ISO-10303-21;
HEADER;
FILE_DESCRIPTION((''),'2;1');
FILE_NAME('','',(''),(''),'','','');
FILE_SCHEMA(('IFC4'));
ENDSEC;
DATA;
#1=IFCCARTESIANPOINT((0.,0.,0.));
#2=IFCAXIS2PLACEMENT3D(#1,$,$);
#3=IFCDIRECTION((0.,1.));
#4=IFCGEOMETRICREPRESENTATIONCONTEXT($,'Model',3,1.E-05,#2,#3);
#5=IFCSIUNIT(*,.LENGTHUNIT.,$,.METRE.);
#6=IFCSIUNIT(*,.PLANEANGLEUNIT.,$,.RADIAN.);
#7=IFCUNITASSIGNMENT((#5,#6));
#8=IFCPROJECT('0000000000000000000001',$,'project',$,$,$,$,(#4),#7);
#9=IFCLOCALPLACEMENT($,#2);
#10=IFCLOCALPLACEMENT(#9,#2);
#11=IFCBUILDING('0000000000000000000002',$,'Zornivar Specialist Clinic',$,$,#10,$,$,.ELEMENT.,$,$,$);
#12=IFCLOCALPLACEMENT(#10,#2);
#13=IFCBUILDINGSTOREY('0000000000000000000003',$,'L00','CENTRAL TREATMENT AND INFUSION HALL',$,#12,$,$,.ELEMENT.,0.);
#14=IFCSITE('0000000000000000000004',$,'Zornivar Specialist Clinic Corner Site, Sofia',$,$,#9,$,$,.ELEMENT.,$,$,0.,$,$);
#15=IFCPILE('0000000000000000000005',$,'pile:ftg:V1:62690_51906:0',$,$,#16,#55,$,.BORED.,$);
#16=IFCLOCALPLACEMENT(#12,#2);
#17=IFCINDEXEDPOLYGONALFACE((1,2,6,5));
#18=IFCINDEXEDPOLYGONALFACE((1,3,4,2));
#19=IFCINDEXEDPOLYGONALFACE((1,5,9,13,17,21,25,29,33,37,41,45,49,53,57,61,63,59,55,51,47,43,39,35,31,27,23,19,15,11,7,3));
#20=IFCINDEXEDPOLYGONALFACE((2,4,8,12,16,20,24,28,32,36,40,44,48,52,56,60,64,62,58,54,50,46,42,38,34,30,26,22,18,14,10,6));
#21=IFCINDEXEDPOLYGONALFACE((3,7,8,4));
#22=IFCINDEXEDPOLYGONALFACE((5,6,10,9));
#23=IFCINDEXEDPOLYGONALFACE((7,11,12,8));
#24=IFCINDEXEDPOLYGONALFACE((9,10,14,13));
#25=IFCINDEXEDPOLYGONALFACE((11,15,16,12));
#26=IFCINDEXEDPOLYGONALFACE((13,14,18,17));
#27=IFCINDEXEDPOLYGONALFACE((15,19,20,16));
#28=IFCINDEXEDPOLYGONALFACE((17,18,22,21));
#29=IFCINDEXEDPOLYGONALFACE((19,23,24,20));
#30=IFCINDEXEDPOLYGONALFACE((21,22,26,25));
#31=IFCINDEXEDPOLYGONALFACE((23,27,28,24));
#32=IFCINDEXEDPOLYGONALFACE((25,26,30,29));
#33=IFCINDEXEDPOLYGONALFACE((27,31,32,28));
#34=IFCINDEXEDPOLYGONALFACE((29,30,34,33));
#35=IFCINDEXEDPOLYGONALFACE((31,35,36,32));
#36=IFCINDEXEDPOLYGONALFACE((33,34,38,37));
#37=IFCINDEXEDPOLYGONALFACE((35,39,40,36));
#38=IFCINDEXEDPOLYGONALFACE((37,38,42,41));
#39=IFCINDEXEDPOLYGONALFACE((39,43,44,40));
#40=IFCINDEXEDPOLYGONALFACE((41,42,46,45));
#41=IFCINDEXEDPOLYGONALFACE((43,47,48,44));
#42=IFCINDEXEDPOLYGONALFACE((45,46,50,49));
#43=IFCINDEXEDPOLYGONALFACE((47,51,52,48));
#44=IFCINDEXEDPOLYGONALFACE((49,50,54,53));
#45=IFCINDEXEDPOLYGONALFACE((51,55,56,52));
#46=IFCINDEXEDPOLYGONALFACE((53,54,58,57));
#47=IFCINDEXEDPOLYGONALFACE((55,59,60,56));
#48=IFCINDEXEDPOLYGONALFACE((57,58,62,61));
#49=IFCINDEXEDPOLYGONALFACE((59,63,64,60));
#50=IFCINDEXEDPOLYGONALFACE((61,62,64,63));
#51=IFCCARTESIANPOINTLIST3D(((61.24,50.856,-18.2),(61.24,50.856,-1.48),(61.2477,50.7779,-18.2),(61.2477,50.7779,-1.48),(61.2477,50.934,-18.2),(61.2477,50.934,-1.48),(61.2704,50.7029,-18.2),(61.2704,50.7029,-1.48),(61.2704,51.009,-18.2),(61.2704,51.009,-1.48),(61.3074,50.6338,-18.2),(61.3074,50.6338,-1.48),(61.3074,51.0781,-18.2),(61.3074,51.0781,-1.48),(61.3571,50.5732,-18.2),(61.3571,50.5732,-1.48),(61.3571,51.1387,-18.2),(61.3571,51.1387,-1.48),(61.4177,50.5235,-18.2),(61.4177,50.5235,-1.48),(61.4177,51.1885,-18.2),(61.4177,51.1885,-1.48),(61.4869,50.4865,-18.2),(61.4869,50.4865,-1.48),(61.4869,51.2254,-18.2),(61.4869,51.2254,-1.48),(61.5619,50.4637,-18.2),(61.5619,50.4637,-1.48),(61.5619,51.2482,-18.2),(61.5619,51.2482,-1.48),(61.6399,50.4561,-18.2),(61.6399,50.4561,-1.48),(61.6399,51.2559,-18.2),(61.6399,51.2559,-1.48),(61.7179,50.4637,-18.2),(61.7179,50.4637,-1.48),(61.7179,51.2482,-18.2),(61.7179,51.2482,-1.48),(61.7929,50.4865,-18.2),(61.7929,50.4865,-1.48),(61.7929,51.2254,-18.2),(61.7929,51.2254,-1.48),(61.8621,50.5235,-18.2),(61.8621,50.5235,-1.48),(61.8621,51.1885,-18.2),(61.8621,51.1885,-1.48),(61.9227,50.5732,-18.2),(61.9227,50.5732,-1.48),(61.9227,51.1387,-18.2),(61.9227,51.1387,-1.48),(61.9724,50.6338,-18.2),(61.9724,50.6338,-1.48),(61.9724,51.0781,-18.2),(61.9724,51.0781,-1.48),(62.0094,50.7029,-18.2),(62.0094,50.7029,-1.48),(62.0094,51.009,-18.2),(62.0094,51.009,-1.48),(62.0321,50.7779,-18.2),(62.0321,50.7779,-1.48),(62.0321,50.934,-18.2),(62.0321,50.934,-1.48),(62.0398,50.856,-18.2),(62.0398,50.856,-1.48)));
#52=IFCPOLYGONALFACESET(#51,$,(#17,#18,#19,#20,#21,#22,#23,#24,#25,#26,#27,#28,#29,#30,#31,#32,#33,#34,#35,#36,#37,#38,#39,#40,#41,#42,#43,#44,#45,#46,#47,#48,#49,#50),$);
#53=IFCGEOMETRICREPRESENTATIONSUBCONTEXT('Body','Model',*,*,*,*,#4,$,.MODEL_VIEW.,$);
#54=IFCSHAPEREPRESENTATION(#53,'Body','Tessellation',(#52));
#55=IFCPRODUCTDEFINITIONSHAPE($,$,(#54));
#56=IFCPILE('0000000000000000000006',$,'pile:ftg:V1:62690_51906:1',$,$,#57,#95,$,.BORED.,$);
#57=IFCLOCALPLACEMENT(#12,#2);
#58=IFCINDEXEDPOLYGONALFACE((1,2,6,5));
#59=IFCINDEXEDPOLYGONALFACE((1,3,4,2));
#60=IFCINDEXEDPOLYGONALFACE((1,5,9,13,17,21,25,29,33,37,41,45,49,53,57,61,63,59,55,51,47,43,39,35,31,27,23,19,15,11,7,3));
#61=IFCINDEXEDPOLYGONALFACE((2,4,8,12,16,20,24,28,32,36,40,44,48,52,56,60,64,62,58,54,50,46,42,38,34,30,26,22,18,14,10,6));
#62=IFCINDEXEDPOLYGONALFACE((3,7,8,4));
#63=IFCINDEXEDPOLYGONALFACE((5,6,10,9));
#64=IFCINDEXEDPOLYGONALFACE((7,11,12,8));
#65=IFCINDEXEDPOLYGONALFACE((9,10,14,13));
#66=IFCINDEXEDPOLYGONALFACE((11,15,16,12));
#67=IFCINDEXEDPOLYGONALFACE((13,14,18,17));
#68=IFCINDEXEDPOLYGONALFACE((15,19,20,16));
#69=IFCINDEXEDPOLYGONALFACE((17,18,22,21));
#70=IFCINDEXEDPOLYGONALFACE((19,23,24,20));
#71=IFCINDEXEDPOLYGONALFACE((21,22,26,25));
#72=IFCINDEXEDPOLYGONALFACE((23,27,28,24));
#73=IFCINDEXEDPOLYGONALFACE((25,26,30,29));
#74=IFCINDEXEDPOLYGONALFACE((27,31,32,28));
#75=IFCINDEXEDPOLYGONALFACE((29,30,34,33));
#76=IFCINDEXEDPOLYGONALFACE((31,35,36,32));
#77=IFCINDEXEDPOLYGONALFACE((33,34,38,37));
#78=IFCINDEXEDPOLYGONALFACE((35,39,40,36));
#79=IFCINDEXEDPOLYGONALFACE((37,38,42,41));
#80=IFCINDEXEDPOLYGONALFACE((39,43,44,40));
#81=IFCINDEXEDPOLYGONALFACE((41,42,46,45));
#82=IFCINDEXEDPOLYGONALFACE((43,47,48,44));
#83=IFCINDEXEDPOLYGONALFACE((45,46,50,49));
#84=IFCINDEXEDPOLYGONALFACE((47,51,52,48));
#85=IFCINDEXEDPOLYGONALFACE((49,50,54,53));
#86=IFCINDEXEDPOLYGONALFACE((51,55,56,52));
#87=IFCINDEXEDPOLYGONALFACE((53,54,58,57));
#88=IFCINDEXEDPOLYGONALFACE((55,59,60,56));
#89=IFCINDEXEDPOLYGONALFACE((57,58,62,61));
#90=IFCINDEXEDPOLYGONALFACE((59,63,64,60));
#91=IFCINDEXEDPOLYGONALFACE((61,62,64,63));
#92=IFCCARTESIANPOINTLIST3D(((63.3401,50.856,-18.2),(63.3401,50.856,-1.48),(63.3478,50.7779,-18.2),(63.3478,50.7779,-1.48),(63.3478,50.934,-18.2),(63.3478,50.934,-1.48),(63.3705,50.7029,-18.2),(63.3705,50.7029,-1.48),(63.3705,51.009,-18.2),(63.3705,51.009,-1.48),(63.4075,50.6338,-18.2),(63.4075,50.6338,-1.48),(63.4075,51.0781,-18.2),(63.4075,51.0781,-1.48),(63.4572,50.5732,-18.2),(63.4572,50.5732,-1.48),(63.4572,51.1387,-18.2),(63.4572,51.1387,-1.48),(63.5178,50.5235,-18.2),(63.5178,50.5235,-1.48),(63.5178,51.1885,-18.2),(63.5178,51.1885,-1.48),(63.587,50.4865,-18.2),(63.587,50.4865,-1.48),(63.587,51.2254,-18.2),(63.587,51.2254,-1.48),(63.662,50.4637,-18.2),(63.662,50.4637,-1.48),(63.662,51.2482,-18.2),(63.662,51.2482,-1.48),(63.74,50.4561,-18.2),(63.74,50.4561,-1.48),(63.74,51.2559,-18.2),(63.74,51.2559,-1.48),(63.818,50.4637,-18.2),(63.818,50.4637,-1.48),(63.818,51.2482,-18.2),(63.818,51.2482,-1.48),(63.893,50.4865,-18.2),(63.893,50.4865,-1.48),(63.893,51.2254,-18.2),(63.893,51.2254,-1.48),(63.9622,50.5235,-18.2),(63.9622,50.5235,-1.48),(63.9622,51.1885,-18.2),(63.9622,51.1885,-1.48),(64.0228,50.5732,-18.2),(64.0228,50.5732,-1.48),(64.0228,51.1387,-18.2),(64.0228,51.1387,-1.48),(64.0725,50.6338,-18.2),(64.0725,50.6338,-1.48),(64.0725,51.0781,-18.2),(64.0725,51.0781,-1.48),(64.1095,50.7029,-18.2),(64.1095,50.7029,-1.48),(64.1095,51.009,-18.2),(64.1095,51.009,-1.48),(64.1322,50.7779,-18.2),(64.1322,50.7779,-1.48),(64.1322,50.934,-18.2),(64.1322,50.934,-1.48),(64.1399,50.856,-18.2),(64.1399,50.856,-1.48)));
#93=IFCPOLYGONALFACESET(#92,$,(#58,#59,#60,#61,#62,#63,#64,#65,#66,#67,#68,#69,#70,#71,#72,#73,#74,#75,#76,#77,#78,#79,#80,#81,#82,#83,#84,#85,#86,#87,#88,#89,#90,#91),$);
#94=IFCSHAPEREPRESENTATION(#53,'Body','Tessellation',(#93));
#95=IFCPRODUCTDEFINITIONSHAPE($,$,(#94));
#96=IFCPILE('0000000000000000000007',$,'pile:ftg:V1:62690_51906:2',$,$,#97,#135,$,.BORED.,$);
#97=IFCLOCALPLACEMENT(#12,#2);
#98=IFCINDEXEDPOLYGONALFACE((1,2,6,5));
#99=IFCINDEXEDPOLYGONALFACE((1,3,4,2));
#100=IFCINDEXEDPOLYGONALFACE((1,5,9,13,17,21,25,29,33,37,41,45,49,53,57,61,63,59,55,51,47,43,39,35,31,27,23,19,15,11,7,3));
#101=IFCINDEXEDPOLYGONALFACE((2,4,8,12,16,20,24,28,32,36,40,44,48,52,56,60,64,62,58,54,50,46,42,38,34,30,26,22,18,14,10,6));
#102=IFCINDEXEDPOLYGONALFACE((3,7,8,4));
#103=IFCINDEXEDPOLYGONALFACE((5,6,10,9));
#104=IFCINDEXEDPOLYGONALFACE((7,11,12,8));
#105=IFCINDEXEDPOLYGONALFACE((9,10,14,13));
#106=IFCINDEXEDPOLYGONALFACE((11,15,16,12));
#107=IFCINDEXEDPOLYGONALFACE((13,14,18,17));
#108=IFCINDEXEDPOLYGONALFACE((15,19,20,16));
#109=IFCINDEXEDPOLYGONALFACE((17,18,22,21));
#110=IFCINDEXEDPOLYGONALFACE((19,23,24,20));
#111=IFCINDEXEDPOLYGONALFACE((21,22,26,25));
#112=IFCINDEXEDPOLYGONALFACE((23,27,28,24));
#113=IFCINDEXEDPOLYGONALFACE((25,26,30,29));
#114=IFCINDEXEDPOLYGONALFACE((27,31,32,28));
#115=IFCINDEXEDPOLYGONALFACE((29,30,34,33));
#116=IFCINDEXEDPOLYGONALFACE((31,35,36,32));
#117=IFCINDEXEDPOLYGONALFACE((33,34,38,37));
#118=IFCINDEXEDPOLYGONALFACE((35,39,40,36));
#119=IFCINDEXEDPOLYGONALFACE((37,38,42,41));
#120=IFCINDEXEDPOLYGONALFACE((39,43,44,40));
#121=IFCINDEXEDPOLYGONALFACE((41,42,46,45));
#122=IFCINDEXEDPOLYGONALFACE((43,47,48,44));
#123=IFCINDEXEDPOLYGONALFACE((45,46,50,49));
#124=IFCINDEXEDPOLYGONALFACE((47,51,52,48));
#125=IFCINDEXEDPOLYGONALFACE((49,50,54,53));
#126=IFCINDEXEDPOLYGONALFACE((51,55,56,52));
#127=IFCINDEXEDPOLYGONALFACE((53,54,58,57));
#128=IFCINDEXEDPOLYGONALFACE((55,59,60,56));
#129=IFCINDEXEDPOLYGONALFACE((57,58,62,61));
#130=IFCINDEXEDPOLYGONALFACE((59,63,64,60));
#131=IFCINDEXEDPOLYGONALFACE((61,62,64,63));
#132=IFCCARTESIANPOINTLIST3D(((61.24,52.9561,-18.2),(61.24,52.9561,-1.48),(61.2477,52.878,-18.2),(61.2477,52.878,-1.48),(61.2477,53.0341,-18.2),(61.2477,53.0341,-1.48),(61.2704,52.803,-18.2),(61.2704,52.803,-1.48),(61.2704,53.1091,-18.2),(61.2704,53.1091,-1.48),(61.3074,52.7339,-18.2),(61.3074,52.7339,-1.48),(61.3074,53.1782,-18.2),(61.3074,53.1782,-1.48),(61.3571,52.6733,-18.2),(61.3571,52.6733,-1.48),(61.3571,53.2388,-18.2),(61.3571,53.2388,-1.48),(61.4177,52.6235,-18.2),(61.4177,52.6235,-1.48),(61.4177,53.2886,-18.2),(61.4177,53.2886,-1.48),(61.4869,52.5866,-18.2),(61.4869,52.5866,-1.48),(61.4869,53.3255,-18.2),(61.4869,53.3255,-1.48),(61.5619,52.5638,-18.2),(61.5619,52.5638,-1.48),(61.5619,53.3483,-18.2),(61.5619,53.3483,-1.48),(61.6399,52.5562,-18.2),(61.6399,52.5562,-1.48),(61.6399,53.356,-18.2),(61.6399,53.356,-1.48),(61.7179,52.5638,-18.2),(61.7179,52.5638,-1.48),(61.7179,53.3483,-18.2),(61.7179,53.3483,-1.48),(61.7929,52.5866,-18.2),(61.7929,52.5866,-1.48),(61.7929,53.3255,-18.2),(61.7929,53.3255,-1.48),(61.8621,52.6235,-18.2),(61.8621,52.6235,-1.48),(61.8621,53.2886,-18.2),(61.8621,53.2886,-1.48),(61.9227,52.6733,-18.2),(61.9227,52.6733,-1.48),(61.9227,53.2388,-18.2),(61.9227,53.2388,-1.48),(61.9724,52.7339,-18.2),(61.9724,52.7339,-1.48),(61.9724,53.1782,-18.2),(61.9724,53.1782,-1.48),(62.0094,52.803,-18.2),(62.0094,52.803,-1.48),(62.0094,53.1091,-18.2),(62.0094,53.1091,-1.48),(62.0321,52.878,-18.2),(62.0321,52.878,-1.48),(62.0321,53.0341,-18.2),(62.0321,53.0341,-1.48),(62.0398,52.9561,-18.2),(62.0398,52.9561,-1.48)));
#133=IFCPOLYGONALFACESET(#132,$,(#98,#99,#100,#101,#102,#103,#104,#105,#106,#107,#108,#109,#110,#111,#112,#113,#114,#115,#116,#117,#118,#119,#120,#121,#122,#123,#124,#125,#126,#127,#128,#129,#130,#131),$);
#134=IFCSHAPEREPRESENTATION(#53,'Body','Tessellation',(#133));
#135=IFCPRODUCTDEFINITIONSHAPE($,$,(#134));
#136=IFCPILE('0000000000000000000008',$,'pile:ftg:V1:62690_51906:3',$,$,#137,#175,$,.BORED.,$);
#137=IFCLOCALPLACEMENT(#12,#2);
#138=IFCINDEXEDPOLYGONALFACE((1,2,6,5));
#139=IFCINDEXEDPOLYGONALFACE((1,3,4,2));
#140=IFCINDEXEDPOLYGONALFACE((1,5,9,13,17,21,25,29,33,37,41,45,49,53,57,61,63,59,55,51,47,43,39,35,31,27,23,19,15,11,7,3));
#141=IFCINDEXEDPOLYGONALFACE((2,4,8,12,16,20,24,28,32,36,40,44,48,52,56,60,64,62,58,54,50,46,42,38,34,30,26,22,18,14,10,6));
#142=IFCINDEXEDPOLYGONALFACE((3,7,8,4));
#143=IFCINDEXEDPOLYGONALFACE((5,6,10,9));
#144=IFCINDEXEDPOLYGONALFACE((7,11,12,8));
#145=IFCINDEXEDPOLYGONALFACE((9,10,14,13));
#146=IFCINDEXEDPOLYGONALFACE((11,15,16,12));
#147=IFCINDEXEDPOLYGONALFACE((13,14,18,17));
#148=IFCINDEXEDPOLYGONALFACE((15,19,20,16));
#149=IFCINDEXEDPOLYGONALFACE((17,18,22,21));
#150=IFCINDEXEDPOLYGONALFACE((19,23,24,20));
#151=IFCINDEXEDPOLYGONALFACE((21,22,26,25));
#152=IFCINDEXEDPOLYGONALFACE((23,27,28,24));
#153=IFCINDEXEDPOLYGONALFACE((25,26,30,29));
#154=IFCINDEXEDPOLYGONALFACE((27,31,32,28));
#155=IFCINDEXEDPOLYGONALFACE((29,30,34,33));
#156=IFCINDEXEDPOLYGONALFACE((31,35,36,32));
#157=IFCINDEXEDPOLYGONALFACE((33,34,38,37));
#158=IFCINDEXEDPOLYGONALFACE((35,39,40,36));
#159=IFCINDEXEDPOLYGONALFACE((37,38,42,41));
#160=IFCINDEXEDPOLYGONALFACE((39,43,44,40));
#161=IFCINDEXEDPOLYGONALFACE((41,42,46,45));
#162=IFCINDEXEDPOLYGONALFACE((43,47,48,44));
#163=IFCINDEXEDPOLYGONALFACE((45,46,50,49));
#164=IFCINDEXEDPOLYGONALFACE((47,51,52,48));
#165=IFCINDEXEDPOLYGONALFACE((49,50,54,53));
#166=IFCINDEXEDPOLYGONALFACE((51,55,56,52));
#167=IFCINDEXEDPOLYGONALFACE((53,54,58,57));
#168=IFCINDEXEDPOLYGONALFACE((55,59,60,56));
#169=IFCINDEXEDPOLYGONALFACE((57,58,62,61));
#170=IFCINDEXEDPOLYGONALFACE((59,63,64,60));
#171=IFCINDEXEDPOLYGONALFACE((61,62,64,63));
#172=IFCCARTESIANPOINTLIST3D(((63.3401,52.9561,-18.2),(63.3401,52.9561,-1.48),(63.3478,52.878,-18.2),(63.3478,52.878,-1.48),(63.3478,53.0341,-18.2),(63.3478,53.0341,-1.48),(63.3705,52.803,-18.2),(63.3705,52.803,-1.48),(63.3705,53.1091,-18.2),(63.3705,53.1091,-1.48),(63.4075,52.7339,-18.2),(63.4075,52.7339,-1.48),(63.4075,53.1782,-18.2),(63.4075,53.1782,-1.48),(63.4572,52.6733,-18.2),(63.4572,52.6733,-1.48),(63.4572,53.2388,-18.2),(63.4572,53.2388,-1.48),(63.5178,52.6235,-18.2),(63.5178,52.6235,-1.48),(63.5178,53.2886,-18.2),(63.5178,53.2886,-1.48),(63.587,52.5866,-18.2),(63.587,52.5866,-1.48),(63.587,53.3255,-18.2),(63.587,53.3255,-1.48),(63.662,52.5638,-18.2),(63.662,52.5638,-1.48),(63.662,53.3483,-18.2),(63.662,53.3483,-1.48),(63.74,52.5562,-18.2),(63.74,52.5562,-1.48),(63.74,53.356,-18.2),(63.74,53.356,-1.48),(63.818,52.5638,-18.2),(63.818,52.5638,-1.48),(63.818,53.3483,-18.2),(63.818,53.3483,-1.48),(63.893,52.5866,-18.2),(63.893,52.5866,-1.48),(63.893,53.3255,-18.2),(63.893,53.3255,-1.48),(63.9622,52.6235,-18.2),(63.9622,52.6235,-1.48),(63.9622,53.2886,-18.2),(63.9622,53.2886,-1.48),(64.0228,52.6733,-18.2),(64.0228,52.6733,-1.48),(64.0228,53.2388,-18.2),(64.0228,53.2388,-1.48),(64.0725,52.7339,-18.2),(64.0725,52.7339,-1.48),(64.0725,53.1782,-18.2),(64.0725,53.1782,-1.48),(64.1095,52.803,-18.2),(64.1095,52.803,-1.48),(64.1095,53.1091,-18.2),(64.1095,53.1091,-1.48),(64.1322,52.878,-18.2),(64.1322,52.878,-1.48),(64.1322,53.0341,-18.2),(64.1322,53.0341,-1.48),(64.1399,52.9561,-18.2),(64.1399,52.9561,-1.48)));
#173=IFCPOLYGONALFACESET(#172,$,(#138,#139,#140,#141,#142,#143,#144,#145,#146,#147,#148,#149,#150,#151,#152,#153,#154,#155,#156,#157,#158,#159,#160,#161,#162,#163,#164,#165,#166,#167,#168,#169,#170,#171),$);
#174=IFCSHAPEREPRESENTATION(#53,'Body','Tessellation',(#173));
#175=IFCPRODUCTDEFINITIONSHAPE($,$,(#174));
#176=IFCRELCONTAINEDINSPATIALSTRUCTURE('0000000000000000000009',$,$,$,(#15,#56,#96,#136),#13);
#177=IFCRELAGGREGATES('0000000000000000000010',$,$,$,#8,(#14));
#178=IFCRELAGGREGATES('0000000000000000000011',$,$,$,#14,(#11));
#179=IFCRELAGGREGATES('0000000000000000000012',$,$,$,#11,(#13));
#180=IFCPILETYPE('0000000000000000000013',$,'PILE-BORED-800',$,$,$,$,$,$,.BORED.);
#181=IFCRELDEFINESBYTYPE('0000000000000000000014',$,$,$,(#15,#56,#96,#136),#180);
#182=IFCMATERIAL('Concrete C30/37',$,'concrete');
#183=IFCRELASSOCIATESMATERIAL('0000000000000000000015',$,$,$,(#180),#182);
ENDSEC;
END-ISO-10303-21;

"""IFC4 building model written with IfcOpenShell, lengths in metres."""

from ifc_helpers import new_model, si_unit, direction, frame, origin, origin_2d, place, context, subcontext, project, spatial, circle, extrude, material, material_profile, profile_set, type_object, element, save


model = new_model("IFC4")

# Units and contexts
model_context = context("Model", 3, precision=1e-05, world=origin(), true_north=direction((0.0, 1.0)))
body_context = subcontext(model_context, "Body", "Model", "MODEL_VIEW")
ifc_project = project(units=[si_unit("LENGTHUNIT", "METRE"), si_unit("PLANEANGLEUNIT", "RADIAN")], contexts=[model_context])

# Site, building, storey
site_placement = place(None, origin())
site = spatial("IfcSite", under=ifc_project, at=site_placement, Name="Zornivar Specialist Clinic Corner Site, Sofia", CompositionType="ELEMENT", RefElevation=0.0)
building_placement = place(site_placement, origin())
building = spatial("IfcBuilding", under=site, at=building_placement, Name="Zornivar Specialist Clinic", CompositionType="ELEMENT")
storey_placement = place(building_placement, origin())
storey = spatial("IfcBuildingStorey", under=building, at=storey_placement, Name="L00", Description="CENTRAL TREATMENT AND INFUSION HALL", CompositionType="ELEMENT", Elevation=0.0)

# Piles
ifc_material_1 = material(Name="Concrete C30/37", Category="concrete")
ifc_material_profile_1 = material_profile(ifc_material_1, circle(Radius=0.3999, at=origin_2d()), Name="PILE D800")
ifc_profile_set_1 = profile_set([ifc_material_profile_1], Name="Concrete C30/37")
pile_type = type_object("IfcPileType", Name="PILE-BORED-800", PredefinedType="BORED", material=ifc_profile_set_1)
for number, where, z_axis, x_axis, name in (
    (1, (61.6399, 50.856, -1.48), (0.0, 0.0, -1.0), (1.0, 0.0, 0.0), "pile:ftg:V1:62690_51906:0"),
    (2, (63.74, 50.856, -1.48), (0.0, 0.0, -1.0), (1.0, 0.0, 0.0), "pile:ftg:V1:62690_51906:1"),
    (3, (61.6399, 52.9561, -1.48), (0.0, 0.0, -1.0), (1.0, 0.0, 0.0), "pile:ftg:V1:62690_51906:2"),
    (4, (63.74, 52.9561, -1.48), (0.0, 0.0, -1.0), (1.0, 0.0, 0.0), "pile:ftg:V1:62690_51906:3"),
):
    element("IfcPile", number, at=place(storey_placement, frame(where, z_axis=z_axis, x_axis=x_axis)), inside=storey, type_object=pile_type, Name=name, PredefinedType="BORED", context=body_context, shape_type="SweptSolid", body=[
        extrude(circle(Radius=0.3999, at=origin_2d()), origin(), (0.0, 0.0, 1.0), 16.72),
    ])

save(model, "model.ifc")
